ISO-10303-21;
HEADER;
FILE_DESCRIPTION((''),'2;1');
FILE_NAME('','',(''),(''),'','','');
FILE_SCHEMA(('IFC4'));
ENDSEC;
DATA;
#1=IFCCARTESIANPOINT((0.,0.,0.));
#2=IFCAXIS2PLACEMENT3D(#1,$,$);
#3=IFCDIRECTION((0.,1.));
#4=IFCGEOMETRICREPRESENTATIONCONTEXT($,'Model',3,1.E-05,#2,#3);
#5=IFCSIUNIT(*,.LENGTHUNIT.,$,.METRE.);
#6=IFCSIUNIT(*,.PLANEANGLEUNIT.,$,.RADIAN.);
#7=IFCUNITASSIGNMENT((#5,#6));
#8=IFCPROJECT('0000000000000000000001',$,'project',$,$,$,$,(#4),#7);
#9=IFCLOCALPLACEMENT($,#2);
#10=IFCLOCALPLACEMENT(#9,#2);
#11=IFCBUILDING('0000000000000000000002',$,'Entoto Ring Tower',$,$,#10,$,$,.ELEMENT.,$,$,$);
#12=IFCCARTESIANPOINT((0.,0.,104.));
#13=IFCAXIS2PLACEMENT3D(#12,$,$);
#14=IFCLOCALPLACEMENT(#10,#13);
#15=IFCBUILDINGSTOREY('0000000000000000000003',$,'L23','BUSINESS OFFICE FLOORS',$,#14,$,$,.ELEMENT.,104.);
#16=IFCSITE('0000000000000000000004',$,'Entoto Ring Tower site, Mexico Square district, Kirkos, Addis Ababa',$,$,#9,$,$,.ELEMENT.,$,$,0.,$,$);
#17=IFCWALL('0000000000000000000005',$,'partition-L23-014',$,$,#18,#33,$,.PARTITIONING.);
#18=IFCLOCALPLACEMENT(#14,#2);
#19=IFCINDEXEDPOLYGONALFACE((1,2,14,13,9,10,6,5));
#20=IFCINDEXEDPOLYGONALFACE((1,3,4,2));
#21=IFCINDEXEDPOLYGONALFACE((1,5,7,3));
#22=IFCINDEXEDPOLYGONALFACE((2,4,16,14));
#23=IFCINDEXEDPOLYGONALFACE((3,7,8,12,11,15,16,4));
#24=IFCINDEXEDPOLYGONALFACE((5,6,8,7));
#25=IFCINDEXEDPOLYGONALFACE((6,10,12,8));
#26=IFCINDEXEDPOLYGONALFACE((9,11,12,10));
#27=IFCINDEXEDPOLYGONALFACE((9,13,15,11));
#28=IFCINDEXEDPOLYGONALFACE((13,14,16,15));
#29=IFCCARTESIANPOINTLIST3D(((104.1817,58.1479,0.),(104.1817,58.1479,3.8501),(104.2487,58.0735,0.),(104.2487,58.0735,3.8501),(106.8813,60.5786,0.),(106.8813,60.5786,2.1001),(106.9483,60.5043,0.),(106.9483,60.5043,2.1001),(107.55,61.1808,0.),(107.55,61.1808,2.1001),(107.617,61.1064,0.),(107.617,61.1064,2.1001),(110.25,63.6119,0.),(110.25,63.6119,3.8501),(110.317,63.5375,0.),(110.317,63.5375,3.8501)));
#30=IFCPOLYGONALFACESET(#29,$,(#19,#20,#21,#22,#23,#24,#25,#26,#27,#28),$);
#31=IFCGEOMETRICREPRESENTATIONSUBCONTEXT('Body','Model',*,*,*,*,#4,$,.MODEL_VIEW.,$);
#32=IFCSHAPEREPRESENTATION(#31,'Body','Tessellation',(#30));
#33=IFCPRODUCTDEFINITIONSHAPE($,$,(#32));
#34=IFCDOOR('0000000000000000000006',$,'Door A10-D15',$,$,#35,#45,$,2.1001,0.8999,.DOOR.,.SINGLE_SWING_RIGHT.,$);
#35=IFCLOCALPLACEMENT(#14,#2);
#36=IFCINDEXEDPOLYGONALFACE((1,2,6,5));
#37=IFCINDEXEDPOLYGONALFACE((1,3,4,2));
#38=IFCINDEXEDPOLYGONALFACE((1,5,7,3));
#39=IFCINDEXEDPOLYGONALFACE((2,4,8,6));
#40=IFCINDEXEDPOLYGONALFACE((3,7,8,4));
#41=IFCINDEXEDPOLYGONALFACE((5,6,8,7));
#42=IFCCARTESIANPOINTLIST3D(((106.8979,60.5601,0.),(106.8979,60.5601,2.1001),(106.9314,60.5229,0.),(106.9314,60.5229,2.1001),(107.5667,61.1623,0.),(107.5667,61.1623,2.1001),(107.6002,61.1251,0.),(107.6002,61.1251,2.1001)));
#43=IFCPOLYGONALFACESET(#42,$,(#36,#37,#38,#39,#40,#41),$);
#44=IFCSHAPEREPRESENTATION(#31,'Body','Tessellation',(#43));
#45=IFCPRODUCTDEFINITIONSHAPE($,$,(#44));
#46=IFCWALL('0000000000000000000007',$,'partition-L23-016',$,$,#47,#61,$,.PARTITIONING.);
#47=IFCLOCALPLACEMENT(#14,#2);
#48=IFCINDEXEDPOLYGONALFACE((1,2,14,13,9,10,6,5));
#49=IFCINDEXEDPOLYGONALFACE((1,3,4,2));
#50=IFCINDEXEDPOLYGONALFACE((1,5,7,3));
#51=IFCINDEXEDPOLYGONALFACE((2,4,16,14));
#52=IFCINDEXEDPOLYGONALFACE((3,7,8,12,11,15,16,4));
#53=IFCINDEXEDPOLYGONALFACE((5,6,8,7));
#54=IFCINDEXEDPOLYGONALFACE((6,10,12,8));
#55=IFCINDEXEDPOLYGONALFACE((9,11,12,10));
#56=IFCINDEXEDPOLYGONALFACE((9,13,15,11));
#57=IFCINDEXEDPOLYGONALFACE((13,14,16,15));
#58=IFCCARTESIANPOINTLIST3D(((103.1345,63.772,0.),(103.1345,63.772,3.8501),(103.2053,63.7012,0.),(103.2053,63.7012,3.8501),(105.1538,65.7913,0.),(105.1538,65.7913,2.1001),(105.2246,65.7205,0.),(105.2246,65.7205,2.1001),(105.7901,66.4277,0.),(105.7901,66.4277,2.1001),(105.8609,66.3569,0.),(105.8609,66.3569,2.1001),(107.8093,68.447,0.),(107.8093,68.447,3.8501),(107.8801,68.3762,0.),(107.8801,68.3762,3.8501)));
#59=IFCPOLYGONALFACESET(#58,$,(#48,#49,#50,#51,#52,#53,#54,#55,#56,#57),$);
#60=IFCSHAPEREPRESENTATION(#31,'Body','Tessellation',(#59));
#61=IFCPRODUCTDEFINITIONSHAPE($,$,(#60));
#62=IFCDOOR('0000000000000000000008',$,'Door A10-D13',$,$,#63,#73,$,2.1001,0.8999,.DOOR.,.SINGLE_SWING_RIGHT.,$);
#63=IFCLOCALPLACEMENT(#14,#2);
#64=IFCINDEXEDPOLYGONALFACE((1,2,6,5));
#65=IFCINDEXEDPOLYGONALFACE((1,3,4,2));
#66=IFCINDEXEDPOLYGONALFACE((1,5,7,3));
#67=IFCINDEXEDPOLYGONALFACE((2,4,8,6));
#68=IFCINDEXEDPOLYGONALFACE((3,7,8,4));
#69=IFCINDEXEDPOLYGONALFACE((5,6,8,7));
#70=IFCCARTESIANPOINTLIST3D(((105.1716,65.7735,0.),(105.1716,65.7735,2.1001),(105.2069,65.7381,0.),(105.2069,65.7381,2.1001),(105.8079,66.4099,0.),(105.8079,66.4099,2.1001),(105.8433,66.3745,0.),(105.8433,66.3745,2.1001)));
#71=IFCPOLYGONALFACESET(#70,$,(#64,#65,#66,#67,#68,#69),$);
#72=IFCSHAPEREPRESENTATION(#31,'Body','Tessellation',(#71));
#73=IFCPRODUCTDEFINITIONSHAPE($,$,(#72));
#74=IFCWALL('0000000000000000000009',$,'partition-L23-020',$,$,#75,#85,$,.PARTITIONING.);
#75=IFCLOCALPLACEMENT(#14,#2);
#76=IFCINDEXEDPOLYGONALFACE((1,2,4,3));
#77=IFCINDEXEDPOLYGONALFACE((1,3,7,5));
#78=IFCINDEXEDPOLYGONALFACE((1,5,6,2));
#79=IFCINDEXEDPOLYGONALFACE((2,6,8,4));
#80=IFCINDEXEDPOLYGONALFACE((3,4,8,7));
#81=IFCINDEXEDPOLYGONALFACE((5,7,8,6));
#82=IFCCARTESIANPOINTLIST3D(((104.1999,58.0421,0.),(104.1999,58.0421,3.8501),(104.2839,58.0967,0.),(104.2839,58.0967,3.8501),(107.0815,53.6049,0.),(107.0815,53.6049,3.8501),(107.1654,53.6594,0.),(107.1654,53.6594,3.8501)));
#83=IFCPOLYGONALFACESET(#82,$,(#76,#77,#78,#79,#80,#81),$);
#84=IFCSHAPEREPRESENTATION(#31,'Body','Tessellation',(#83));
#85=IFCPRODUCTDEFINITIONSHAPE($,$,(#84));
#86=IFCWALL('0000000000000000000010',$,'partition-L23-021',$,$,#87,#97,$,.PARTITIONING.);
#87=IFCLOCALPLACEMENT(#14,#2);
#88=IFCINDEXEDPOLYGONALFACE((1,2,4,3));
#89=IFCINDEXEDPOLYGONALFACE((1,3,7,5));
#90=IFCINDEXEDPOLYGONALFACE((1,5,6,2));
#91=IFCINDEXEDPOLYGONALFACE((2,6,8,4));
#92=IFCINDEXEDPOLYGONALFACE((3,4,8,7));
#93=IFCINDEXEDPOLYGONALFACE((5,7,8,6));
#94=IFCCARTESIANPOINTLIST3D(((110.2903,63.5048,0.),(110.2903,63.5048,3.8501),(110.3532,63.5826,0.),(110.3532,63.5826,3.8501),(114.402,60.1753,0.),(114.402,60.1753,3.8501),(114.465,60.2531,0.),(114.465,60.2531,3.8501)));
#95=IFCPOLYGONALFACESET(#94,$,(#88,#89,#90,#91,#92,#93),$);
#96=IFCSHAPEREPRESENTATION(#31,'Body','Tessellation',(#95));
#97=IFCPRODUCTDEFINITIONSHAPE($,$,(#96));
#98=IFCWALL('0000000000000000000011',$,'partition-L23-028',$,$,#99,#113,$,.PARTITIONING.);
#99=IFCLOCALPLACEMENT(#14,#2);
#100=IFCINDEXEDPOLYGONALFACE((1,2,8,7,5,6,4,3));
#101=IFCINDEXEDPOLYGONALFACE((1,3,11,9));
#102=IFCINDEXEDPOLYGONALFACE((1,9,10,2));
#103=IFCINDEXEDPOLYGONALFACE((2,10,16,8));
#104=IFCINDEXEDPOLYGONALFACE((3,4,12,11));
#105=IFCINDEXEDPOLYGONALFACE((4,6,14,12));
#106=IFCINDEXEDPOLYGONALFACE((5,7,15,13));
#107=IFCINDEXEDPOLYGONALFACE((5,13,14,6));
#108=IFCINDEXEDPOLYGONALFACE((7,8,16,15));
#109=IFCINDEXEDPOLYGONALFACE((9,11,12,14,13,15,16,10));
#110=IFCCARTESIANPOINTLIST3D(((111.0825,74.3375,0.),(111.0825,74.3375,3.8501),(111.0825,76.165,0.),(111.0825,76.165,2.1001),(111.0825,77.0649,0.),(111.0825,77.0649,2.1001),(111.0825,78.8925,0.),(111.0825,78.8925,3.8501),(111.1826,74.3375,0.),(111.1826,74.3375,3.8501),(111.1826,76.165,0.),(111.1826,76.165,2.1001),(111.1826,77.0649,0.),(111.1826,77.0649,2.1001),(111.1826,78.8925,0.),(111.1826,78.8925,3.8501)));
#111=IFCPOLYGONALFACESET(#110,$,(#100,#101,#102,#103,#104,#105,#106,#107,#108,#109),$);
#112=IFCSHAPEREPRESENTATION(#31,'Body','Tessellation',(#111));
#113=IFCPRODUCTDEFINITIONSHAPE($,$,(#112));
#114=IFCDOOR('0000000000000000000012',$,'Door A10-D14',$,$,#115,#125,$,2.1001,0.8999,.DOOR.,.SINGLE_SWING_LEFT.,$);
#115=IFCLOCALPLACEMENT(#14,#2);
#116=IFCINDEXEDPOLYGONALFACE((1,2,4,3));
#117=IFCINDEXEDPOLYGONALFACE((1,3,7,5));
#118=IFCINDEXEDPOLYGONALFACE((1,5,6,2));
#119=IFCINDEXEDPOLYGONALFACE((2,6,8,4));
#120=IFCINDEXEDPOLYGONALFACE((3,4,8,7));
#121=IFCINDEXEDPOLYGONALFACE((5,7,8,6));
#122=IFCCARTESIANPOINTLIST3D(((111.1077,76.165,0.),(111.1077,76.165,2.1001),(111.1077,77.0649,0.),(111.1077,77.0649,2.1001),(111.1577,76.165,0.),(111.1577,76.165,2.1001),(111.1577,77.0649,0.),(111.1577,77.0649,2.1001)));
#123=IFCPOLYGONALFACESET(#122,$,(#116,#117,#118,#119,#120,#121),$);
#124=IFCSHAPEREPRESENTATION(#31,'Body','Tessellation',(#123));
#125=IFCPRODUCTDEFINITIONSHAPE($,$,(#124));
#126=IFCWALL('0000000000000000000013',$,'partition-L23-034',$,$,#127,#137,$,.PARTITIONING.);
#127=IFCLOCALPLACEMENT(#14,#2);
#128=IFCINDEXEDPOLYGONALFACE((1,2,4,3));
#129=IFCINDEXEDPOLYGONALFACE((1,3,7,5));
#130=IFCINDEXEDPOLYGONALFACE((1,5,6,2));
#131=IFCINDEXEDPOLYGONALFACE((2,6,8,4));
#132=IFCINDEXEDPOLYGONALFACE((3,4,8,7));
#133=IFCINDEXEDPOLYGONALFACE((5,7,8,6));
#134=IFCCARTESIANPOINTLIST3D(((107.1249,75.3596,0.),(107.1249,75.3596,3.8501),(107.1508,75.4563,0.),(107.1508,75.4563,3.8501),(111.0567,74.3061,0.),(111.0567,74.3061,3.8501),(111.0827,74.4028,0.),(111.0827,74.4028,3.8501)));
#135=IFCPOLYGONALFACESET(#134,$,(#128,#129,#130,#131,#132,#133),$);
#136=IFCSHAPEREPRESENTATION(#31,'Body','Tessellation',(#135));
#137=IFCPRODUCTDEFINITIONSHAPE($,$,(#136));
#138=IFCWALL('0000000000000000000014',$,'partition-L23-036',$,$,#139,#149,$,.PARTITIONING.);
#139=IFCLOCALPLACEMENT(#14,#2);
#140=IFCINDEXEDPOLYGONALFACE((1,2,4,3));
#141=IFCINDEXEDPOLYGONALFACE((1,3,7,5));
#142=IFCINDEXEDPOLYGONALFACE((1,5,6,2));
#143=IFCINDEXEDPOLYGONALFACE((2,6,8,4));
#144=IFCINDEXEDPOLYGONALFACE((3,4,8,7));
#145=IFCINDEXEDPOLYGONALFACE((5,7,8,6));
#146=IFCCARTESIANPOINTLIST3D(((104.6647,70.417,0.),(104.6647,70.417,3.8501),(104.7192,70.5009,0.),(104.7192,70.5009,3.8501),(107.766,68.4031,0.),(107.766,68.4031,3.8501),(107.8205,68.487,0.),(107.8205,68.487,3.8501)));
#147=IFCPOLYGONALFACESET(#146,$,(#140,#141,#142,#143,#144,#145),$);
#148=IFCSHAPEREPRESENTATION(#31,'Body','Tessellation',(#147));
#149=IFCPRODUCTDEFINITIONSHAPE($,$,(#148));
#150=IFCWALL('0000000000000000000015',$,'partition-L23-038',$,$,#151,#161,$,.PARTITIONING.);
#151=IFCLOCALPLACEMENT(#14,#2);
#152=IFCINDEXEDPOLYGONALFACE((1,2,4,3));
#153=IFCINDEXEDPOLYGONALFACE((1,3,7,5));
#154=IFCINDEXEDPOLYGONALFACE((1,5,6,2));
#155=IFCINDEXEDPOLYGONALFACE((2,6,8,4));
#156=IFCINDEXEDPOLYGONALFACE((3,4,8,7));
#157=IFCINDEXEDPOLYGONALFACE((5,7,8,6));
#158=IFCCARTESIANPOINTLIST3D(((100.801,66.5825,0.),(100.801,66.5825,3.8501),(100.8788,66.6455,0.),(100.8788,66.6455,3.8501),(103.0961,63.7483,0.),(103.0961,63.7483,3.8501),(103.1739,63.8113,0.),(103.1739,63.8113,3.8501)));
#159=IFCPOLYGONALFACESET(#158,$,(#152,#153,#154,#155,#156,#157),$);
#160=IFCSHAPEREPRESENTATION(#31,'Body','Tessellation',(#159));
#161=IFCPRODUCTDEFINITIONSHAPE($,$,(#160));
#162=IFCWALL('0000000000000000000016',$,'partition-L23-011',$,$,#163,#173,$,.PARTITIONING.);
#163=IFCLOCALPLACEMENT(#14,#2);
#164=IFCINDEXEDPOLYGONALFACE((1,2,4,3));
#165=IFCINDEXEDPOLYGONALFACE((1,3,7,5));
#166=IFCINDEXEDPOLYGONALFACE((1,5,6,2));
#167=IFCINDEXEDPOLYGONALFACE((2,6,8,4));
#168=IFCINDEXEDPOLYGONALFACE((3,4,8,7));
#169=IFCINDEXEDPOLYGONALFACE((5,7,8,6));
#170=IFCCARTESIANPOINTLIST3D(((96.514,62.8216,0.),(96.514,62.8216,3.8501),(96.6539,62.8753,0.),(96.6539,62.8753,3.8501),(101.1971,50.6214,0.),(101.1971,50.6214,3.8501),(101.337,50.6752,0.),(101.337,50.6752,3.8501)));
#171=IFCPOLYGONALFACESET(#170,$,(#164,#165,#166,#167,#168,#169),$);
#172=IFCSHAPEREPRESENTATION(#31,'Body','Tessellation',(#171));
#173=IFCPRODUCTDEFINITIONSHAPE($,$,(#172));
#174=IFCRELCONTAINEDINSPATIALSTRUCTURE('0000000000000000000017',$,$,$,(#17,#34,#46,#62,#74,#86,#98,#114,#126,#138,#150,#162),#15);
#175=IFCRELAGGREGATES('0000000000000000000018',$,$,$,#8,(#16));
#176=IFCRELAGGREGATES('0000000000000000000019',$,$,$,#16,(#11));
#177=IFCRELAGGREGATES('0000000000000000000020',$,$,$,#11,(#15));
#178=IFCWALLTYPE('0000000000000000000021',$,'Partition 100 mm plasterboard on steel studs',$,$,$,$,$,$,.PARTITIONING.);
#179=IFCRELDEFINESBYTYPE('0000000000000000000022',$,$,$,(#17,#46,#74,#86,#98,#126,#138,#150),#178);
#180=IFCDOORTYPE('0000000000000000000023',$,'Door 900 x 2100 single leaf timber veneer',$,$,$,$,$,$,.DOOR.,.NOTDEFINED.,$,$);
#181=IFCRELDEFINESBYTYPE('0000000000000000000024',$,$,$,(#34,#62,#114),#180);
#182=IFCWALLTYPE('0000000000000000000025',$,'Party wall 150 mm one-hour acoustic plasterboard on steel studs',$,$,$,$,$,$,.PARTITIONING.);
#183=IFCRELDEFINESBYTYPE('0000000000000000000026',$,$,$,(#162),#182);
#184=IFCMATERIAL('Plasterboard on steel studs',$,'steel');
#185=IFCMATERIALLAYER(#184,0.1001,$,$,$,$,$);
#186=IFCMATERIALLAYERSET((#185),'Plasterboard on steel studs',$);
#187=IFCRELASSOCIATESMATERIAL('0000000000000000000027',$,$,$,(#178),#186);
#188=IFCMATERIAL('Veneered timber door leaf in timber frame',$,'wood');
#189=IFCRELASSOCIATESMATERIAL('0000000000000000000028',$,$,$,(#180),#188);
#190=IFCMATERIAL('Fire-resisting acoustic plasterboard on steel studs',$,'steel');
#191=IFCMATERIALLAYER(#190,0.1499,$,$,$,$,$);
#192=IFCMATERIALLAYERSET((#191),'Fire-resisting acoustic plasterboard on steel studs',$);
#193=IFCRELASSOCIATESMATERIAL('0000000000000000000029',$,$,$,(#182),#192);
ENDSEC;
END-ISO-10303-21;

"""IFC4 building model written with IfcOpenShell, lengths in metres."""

from ifc_helpers import new_model, si_unit, direction, frame, frame_2d, origin, place, context, subcontext, project, spatial, rectangle, extrude, material, layer, layer_set, type_object, element, fill, save


model = new_model("IFC4")

# Units and contexts
model_context = context("Model", 3, precision=1e-05, world=origin(), true_north=direction((0.0, 1.0)))
body_context = subcontext(model_context, "Body", "Model", "MODEL_VIEW")
ifc_project = project(units=[si_unit("LENGTHUNIT", "METRE"), si_unit("PLANEANGLEUNIT", "RADIAN")], contexts=[model_context])

# Site, building, storey
site_placement = place(None, origin())
site = spatial("IfcSite", under=ifc_project, at=site_placement, Name="Entoto Ring Tower site, Mexico Square district, Kirkos, Addis Ababa", CompositionType="ELEMENT", RefElevation=0.0)
building_placement = place(site_placement, origin())
building = spatial("IfcBuilding", under=site, at=building_placement, Name="Entoto Ring Tower", CompositionType="ELEMENT")
storey_placement = place(building_placement, frame((0.0, 0.0, 104.0)))
storey = spatial("IfcBuildingStorey", under=building, at=storey_placement, Name="L23", Description="BUSINESS OFFICE FLOORS", CompositionType="ELEMENT", Elevation=104.0)

# Walls, openings, doors
ifc_material_1 = material(Name="Plasterboard on steel studs", Category="steel")
ifc_layer_1 = layer(ifc_material_1, 0.1001)
ifc_layer_set_1 = layer_set([ifc_layer_1], Name="Plasterboard on steel studs")
wall_type_1 = type_object("IfcWallType", Name="Partition 100 mm plasterboard on steel studs", PredefinedType="PARTITIONING", material=ifc_layer_set_1)
wall_1_placement = place(storey_placement, frame((104.2151, 58.1106, 0.0), z_axis=(0.0, 0.0, 1.0), x_axis=(0.743137, 0.66914, 0.0)))
wall_1 = element("IfcWall", 1, at=wall_1_placement, inside=storey, type_object=wall_type_1, Name="partition-L23-014", PredefinedType="PARTITIONING", context=body_context, shape_type="SweptSolid", body=[
    extrude(rectangle(XDim=8.1658, YDim=0.1001, at=frame_2d((4.083, 0.0))), origin(), (0.0, 0.0, 1.0), 3.8501),
])
opening_1_placement = place(wall_1_placement, frame((3.6328, 0.0, 0.0)))
opening_1 = element("IfcOpeningElement", 2, at=opening_1_placement, cuts=wall_1, PredefinedType="OPENING", context=body_context, shape_type="SweptSolid", body=[
    extrude(rectangle(XDim=0.8999, YDim=2.1001, at=frame_2d((0.45, 1.05))), frame((0.0, 0.0601, 0.0), z_axis=(0.0, -1.0, 0.0), x_axis=(1.0, 0.0, 0.0)), (0.0, 0.0, 1.0), 0.1201),
])
ifc_material_2 = material(Name="Veneered timber door leaf in timber frame", Category="wood")
door_type_1 = type_object("IfcDoorType", Name="Door 900 x 2100 single leaf timber veneer", OperationType="NOTDEFINED", PredefinedType="DOOR", material=ifc_material_2)
door_1_placement = place(opening_1_placement, frame((0.8999, 0.0, 0.0), z_axis=(0.0, 0.0, 1.0), x_axis=(-1.0, 0.0, 0.0)))
door_1 = element("IfcDoor", 3, at=door_1_placement, inside=storey, type_object=door_type_1, Name="Door A10-D15", OperationType="SINGLE_SWING_RIGHT", OverallHeight=2.1001, OverallWidth=0.8999, PredefinedType="DOOR", context=body_context, shape_type="SweptSolid", body=[
    extrude(rectangle(XDim=0.8999, YDim=2.1001, at=frame_2d((0.45, 1.05))), frame((0.0, 0.0249, 0.0), z_axis=(0.0, -1.0, 0.0), x_axis=(1.0, 0.0, 0.0)), (0.0, 0.0, 1.0), 0.05),
])
fill(opening_1, door_1)
wall_2_placement = place(storey_placement, frame((103.1699, 63.7366, 0.0), z_axis=(0.0, 0.0, 1.0), x_axis=(0.707088, 0.707125, 0.0)))
wall_2 = element("IfcWall", 4, at=wall_2_placement, inside=storey, type_object=wall_type_1, Name="partition-L23-016", PredefinedType="PARTITIONING", context=body_context, shape_type="SweptSolid", body=[
    extrude(rectangle(XDim=6.6113, YDim=0.1001, at=frame_2d((3.3057, 0.0))), origin(), (0.0, 0.0, 1.0), 3.8501),
])
opening_2_placement = place(wall_2_placement, frame((2.8557, 0.0, 0.0)))
opening_2 = element("IfcOpeningElement", 5, at=opening_2_placement, cuts=wall_2, PredefinedType="OPENING", context=body_context, shape_type="SweptSolid", body=[
    extrude(rectangle(XDim=0.8999, YDim=2.1001, at=frame_2d((0.45, 1.05))), frame((0.0, 0.0601, 0.0), z_axis=(0.0, -1.0, 0.0), x_axis=(1.0, 0.0, 0.0)), (0.0, 0.0, 1.0), 0.1201),
])
door_2_placement = place(opening_2_placement, origin())
door_2 = element("IfcDoor", 6, at=door_2_placement, inside=storey, type_object=door_type_1, Name="Door A10-D13", OperationType="SINGLE_SWING_RIGHT", OverallHeight=2.1001, OverallWidth=0.8999, PredefinedType="DOOR", context=body_context, shape_type="SweptSolid", body=[
    extrude(rectangle(XDim=0.8999, YDim=2.1001, at=frame_2d((0.45, 1.05))), frame((0.0, 0.0249, 0.0), z_axis=(0.0, -1.0, 0.0), x_axis=(1.0, 0.0, 0.0)), (0.0, 0.0, 1.0), 0.05),
])
fill(opening_2, door_2)

# Walls
for number, where, z_axis, x_axis, name in (
    (7, (107.1235, 53.6321, 0.0), (0.0, 0.0, 1.0), (-0.54464, 0.83867, 0.0), "partition-L23-020"),
    (8, (114.4336, 60.2141, 0.0), (0.0, 0.0, 1.0), (-0.777155, 0.62931, 0.0), "partition-L23-021"),
):
    element("IfcWall", number, at=place(storey_placement, frame(where, z_axis=z_axis, x_axis=x_axis)), inside=storey, type_object=wall_type_1, Name=name, PredefinedType="PARTITIONING", context=body_context, shape_type="SweptSolid", body=[
        extrude(rectangle(XDim=5.2908, YDim=0.1001, at=frame_2d((2.6455, 0.0))), origin(), (0.0, 0.0, 1.0), 3.8501),
    ])

# Wall, opening, door
wall_3_placement = place(storey_placement, frame((111.1326, 74.3376, 0.0), z_axis=(0.0, 0.0, 1.0), x_axis=(0.0, 1.0, 0.0)))
wall_3 = element("IfcWall", 9, at=wall_3_placement, inside=storey, type_object=wall_type_1, Name="partition-L23-028", PredefinedType="PARTITIONING", context=body_context, shape_type="SweptSolid", body=[
    extrude(rectangle(XDim=4.5549, YDim=0.1001, at=frame_2d((2.2773, 0.0))), origin(), (0.0, 0.0, 1.0), 3.8501),
])
opening_3_placement = place(wall_3_placement, frame((1.8274, 0.0, 0.0)))
opening_3 = element("IfcOpeningElement", 10, at=opening_3_placement, cuts=wall_3, PredefinedType="OPENING", context=body_context, shape_type="SweptSolid", body=[
    extrude(rectangle(XDim=0.8999, YDim=2.1001, at=frame_2d((0.45, 1.05))), frame((0.0, 0.0601, 0.0), z_axis=(0.0, -1.0, 0.0), x_axis=(1.0, 0.0, 0.0)), (0.0, 0.0, 1.0), 0.1201),
])
door_3_placement = place(opening_3_placement, origin())
door_3 = element("IfcDoor", 11, at=door_3_placement, inside=storey, type_object=door_type_1, Name="Door A10-D14", OperationType="SINGLE_SWING_LEFT", OverallHeight=2.1001, OverallWidth=0.8999, PredefinedType="DOOR", context=body_context, shape_type="SweptSolid", body=[
    extrude(rectangle(XDim=0.8999, YDim=2.1001, at=frame_2d((0.45, 1.05))), frame((0.0, 0.0249, 0.0), z_axis=(0.0, -1.0, 0.0), x_axis=(1.0, 0.0, 0.0)), (0.0, 0.0, 1.0), 0.05),
])
fill(opening_3, door_3)

# Walls
wall_4_placement = place(storey_placement, frame((111.0696, 74.3545, 0.0), z_axis=(0.0, 0.0, 1.0), x_axis=(-0.965931, 0.258801, 0.0)))
element("IfcWall", 12, at=wall_4_placement, inside=storey, type_object=wall_type_1, Name="partition-L23-034", PredefinedType="PARTITIONING", context=body_context, shape_type="SweptSolid", body=[
    extrude(rectangle(XDim=4.0706, YDim=0.1001, at=frame_2d((2.0352, 0.0))), origin(), (0.0, 0.0, 1.0), 3.8501),
])
wall_5_placement = place(storey_placement, frame((107.7932, 68.4451, 0.0), z_axis=(0.0, 0.0, 1.0), x_axis=(-0.838683, 0.544619, 0.0)))
element("IfcWall", 13, at=wall_5_placement, inside=storey, type_object=wall_type_1, Name="partition-L23-036", PredefinedType="PARTITIONING", context=body_context, shape_type="SweptSolid", body=[
    extrude(rectangle(XDim=3.6978, YDim=0.1001, at=frame_2d((1.8489, 0.0))), origin(), (0.0, 0.0, 1.0), 3.8501),
])
wall_6_placement = place(storey_placement, frame((103.135, 63.7798, 0.0), z_axis=(0.0, 0.0, 1.0), x_axis=(-0.629329, 0.777139, 0.0)))
element("IfcWall", 14, at=wall_6_placement, inside=storey, type_object=wall_type_1, Name="partition-L23-038", PredefinedType="PARTITIONING", context=body_context, shape_type="SweptSolid", body=[
    extrude(rectangle(XDim=3.647, YDim=0.1001, at=frame_2d((1.8235, 0.0))), origin(), (0.0, 0.0, 1.0), 3.8501),
])
ifc_material_3 = material(Name="Fire-resisting acoustic plasterboard on steel studs", Category="steel")
ifc_layer_2 = layer(ifc_material_3, 0.1499)
ifc_layer_set_2 = layer_set([ifc_layer_2], Name="Fire-resisting acoustic plasterboard on steel studs")
wall_type_2 = type_object("IfcWallType", Name="Party wall 150 mm one-hour acoustic plasterboard on steel studs", PredefinedType="PARTITIONING", material=ifc_layer_set_2)
wall_7_placement = place(storey_placement, frame((101.2671, 50.6482, 0.0), z_axis=(0.0, 0.0, 1.0), x_axis=(-0.358361, 0.933583, 0.0)))
element("IfcWall", 15, at=wall_7_placement, inside=storey, type_object=wall_type_2, Name="partition-L23-011", PredefinedType="PARTITIONING", context=body_context, shape_type="SweptSolid", body=[
    extrude(rectangle(XDim=13.0681, YDim=0.1499, at=frame_2d((6.5342, 0.0))), origin(), (0.0, 0.0, 1.0), 3.8501),
])

save(model, "model.ifc")
